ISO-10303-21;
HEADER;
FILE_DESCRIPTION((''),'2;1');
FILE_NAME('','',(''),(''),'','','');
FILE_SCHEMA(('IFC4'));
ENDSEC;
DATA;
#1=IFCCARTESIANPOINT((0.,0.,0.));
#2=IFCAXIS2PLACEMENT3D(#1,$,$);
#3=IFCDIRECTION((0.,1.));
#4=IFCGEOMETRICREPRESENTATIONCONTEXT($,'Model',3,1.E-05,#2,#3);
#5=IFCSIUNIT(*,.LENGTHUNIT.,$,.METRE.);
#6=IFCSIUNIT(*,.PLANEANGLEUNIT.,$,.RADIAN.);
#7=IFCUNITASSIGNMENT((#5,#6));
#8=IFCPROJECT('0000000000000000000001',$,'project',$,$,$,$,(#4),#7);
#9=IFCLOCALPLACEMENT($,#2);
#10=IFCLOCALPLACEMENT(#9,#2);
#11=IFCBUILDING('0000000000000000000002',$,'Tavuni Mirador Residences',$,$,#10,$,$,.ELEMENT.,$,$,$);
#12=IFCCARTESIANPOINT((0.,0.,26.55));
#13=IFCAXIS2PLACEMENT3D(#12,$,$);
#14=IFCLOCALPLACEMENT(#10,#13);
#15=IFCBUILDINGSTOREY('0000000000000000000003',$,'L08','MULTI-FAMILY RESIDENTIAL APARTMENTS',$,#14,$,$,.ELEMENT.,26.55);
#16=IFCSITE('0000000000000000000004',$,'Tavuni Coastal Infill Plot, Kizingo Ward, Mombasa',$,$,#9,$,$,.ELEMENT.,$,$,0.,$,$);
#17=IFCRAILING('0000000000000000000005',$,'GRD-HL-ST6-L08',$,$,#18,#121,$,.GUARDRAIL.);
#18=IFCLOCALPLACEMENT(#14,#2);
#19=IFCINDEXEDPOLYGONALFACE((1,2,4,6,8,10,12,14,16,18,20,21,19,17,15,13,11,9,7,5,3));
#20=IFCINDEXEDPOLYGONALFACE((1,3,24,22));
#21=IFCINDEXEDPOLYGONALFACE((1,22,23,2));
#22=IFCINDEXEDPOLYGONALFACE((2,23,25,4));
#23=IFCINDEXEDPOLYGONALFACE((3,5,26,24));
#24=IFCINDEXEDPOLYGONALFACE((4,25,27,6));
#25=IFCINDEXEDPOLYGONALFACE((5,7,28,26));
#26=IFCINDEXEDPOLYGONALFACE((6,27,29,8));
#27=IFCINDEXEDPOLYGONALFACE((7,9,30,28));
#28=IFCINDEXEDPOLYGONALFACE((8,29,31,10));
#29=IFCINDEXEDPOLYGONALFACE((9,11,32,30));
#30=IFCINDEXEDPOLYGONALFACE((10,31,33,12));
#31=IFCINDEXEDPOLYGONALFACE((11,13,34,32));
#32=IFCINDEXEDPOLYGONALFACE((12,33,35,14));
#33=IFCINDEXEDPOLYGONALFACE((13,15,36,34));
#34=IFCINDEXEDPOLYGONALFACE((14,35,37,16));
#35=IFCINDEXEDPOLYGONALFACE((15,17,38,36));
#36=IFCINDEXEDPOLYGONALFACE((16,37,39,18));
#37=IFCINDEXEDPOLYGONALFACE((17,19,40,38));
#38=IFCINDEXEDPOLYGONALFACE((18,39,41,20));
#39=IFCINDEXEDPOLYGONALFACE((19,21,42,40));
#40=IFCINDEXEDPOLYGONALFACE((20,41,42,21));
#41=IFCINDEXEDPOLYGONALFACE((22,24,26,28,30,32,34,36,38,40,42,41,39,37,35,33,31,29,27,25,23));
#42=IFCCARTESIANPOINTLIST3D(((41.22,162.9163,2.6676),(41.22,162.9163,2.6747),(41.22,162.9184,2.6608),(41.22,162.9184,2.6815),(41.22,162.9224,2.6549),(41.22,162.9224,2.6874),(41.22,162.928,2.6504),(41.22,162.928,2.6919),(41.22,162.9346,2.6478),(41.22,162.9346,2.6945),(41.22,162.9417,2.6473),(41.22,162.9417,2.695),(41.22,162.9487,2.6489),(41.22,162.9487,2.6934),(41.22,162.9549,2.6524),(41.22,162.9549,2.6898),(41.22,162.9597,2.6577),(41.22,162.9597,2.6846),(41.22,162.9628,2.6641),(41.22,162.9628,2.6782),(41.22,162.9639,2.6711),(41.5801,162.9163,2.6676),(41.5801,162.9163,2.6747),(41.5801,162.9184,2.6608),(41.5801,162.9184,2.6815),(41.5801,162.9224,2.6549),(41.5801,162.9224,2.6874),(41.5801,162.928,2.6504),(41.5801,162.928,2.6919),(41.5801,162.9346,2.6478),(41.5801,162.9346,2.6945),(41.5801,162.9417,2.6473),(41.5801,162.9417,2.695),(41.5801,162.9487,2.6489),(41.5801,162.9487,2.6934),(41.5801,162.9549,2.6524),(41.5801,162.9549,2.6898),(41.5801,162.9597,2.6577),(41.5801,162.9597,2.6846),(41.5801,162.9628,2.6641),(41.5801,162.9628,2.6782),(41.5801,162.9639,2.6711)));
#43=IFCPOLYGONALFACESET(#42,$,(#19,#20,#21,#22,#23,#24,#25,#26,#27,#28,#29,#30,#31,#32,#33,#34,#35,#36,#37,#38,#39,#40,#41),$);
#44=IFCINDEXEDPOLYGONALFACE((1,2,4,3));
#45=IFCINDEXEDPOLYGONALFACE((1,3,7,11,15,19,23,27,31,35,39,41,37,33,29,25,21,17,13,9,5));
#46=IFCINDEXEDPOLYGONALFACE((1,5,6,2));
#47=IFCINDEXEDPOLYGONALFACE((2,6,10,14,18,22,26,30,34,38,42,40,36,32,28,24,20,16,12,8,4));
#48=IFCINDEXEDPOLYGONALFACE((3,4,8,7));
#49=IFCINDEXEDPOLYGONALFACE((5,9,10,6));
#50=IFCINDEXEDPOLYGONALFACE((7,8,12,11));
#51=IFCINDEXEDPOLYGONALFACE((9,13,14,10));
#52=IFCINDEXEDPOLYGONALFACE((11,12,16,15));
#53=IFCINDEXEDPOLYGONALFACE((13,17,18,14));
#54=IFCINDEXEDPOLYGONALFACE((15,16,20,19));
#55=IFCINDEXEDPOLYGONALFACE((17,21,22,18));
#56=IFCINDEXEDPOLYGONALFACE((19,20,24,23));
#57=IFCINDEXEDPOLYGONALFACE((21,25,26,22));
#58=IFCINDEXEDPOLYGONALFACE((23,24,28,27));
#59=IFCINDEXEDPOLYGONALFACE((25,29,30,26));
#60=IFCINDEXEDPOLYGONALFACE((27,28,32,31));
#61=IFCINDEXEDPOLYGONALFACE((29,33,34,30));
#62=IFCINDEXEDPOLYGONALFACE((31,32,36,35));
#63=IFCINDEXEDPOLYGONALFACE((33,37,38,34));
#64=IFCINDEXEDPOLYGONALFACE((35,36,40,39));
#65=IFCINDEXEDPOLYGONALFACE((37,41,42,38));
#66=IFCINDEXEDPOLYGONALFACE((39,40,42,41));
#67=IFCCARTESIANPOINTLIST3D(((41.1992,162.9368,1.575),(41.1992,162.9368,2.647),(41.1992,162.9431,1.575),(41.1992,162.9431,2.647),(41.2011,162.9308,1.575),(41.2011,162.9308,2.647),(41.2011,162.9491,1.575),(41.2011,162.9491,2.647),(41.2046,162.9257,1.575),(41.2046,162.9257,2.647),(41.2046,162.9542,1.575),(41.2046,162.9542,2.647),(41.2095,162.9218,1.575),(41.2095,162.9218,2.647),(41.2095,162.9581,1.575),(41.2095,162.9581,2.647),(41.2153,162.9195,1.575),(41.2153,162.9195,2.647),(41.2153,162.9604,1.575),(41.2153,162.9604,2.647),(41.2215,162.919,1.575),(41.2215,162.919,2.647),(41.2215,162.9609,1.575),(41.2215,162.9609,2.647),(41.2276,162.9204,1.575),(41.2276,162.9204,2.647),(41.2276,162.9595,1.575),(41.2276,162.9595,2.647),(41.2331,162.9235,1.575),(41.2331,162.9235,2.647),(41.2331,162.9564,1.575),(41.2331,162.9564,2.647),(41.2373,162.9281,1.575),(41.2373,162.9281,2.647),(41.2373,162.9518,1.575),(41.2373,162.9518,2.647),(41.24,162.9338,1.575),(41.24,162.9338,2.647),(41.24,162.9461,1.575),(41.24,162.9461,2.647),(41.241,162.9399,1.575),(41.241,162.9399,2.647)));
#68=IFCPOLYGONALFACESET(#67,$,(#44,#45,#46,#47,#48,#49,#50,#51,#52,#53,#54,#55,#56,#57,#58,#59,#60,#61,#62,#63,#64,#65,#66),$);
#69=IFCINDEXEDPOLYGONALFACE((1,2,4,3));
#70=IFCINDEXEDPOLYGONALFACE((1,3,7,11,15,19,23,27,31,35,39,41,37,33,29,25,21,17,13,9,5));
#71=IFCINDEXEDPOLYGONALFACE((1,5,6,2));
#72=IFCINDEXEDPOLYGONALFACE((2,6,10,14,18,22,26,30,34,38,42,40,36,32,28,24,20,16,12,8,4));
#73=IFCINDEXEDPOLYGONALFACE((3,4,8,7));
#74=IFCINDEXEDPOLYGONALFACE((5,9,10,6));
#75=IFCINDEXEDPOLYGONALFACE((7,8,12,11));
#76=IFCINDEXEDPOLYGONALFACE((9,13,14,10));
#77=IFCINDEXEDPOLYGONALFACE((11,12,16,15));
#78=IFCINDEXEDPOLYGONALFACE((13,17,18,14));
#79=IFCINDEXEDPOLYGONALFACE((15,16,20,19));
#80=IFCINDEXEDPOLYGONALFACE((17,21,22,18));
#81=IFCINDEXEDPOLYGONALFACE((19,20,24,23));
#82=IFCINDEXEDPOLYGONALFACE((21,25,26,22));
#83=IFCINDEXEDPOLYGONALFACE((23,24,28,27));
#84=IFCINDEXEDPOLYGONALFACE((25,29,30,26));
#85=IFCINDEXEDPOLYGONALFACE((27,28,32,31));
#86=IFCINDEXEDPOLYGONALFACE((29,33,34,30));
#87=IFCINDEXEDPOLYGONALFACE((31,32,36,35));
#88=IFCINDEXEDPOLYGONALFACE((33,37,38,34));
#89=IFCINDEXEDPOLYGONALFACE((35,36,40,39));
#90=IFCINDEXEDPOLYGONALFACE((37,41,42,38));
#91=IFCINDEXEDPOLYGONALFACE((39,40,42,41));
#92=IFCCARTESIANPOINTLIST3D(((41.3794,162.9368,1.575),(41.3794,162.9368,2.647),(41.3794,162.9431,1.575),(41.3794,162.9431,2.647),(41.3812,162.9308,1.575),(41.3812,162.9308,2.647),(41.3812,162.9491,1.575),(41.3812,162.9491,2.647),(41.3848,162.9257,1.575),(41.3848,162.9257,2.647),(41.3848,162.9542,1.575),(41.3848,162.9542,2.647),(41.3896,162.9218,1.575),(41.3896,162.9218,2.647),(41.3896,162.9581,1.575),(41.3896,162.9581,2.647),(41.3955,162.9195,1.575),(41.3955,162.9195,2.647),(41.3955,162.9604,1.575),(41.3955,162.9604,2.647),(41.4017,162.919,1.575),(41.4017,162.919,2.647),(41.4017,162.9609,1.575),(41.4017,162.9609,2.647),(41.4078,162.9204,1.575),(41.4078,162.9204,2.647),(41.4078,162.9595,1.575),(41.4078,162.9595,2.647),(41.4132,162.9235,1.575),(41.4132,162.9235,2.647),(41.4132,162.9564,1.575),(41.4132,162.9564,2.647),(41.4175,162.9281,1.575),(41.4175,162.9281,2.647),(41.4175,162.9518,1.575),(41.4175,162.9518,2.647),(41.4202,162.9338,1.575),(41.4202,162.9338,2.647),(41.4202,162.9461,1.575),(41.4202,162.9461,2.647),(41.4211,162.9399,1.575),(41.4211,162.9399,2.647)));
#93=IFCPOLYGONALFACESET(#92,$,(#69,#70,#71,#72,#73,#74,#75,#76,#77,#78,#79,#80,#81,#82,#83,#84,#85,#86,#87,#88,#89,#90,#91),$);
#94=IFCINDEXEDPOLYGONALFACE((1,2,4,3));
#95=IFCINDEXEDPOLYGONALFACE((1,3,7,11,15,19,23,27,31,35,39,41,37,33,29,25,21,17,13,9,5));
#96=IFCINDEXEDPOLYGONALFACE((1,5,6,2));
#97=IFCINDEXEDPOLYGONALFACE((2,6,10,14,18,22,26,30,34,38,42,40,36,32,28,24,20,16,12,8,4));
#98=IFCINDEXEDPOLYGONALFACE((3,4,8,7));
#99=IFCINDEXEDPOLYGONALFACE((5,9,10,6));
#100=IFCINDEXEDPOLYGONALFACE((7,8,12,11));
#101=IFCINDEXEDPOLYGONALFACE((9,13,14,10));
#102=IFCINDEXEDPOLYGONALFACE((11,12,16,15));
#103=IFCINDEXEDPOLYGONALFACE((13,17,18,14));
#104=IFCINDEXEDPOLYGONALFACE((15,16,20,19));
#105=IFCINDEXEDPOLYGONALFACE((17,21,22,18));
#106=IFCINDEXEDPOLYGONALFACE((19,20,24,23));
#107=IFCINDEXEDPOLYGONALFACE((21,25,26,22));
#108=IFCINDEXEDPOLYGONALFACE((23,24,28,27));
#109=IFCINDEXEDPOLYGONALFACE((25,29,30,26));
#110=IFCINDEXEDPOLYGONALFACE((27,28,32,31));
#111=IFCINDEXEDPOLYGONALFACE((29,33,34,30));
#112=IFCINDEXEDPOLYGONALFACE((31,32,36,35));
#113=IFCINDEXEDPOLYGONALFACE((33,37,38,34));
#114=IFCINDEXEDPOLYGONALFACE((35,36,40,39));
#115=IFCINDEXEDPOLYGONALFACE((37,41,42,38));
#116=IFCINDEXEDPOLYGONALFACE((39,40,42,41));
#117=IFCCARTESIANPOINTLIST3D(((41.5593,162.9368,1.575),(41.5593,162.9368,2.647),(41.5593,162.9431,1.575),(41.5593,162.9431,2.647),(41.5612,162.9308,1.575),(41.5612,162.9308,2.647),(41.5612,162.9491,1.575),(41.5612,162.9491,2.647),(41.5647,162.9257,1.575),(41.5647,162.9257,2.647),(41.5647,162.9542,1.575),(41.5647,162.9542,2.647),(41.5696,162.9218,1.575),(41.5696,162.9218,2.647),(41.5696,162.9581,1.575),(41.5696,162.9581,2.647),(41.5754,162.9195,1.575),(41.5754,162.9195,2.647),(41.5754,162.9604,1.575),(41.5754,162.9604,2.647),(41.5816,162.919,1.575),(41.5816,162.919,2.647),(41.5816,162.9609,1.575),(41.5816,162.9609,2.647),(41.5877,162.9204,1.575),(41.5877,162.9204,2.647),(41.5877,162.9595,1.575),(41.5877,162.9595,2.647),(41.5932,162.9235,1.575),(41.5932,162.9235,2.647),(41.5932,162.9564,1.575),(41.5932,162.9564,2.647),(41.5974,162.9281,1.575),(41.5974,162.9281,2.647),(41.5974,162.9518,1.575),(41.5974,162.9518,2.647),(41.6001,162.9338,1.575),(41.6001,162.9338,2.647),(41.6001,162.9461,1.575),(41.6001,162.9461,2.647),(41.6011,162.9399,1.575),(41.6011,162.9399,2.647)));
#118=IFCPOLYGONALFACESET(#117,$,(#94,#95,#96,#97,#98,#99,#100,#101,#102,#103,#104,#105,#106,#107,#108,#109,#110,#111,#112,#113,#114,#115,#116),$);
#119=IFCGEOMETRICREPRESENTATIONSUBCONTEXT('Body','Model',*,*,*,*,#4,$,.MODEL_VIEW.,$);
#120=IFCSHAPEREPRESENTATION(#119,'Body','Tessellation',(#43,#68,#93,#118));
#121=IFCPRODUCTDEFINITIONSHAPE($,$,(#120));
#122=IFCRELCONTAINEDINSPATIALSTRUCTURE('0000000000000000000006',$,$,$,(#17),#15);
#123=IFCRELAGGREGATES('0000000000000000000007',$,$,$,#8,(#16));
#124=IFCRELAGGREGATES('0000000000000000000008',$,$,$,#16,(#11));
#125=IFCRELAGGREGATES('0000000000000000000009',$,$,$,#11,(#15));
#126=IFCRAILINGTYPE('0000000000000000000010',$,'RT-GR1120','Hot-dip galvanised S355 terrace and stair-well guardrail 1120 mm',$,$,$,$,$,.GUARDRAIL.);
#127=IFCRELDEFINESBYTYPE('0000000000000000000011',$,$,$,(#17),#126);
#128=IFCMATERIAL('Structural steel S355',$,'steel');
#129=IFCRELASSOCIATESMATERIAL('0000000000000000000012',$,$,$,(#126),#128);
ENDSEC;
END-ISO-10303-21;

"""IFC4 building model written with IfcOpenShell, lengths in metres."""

from ifc_helpers import new_model, si_unit, direction, frame, origin, origin_2d, place, context, subcontext, project, spatial, circle, extrude, material, type_object, element, save


model = new_model("IFC4")

# Units and contexts
model_context = context("Model", 3, precision=1e-05, world=origin(), true_north=direction((0.0, 1.0)))
body_context = subcontext(model_context, "Body", "Model", "MODEL_VIEW")
ifc_project = project(units=[si_unit("LENGTHUNIT", "METRE"), si_unit("PLANEANGLEUNIT", "RADIAN")], contexts=[model_context])

# Site, building, storey
site_placement = place(None, origin())
site = spatial("IfcSite", under=ifc_project, at=site_placement, Name="Tavuni Coastal Infill Plot, Kizingo Ward, Mombasa", CompositionType="ELEMENT", RefElevation=0.0)
building_placement = place(site_placement, origin())
building = spatial("IfcBuilding", under=site, at=building_placement, Name="Tavuni Mirador Residences", CompositionType="ELEMENT")
storey_placement = place(building_placement, frame((0.0, 0.0, 26.55)))
storey = spatial("IfcBuildingStorey", under=building, at=storey_placement, Name="L08", Description="MULTI-FAMILY RESIDENTIAL APARTMENTS", CompositionType="ELEMENT", Elevation=26.55)

# Shared definitions
ifc_material_1 = material(Name="Structural steel S355", Category="steel")

# Railing
railing_type_1 = type_object("IfcRailingType", Name="RT-GR1120", Description="Hot-dip galvanised S355 terrace and stair-well guardrail 1120 mm", PredefinedType="GUARDRAIL", material=ifc_material_1)
railing_1_placement = place(storey_placement, frame((41.22, 162.9399, 1.575)))
element("IfcRailing", 1, at=railing_1_placement, inside=storey, type_object=railing_type_1, Name="GRD-HL-ST6-L08", PredefinedType="GUARDRAIL", context=body_context, shape_type="SweptSolid", body=[
    extrude(circle(Radius=0.0239, at=origin_2d()), frame((0.0, 0.0, 1.0962), z_axis=(1.0, 0.0, 0.0), x_axis=(0.0, 1.0, 0.0)), (0.0, 0.0, 1.0), 0.3601),
    extrude(circle(Radius=0.021, at=origin_2d()), origin(), (0.0, 0.0, 1.0), 1.072),
    extrude(circle(Radius=0.021, at=origin_2d()), frame((0.1802, 0.0, 0.0)), (0.0, 0.0, 1.0), 1.072),
    extrude(circle(Radius=0.021, at=origin_2d()), frame((0.3601, 0.0, 0.0)), (0.0, 0.0, 1.0), 1.072),
])

save(model, "model.ifc")
